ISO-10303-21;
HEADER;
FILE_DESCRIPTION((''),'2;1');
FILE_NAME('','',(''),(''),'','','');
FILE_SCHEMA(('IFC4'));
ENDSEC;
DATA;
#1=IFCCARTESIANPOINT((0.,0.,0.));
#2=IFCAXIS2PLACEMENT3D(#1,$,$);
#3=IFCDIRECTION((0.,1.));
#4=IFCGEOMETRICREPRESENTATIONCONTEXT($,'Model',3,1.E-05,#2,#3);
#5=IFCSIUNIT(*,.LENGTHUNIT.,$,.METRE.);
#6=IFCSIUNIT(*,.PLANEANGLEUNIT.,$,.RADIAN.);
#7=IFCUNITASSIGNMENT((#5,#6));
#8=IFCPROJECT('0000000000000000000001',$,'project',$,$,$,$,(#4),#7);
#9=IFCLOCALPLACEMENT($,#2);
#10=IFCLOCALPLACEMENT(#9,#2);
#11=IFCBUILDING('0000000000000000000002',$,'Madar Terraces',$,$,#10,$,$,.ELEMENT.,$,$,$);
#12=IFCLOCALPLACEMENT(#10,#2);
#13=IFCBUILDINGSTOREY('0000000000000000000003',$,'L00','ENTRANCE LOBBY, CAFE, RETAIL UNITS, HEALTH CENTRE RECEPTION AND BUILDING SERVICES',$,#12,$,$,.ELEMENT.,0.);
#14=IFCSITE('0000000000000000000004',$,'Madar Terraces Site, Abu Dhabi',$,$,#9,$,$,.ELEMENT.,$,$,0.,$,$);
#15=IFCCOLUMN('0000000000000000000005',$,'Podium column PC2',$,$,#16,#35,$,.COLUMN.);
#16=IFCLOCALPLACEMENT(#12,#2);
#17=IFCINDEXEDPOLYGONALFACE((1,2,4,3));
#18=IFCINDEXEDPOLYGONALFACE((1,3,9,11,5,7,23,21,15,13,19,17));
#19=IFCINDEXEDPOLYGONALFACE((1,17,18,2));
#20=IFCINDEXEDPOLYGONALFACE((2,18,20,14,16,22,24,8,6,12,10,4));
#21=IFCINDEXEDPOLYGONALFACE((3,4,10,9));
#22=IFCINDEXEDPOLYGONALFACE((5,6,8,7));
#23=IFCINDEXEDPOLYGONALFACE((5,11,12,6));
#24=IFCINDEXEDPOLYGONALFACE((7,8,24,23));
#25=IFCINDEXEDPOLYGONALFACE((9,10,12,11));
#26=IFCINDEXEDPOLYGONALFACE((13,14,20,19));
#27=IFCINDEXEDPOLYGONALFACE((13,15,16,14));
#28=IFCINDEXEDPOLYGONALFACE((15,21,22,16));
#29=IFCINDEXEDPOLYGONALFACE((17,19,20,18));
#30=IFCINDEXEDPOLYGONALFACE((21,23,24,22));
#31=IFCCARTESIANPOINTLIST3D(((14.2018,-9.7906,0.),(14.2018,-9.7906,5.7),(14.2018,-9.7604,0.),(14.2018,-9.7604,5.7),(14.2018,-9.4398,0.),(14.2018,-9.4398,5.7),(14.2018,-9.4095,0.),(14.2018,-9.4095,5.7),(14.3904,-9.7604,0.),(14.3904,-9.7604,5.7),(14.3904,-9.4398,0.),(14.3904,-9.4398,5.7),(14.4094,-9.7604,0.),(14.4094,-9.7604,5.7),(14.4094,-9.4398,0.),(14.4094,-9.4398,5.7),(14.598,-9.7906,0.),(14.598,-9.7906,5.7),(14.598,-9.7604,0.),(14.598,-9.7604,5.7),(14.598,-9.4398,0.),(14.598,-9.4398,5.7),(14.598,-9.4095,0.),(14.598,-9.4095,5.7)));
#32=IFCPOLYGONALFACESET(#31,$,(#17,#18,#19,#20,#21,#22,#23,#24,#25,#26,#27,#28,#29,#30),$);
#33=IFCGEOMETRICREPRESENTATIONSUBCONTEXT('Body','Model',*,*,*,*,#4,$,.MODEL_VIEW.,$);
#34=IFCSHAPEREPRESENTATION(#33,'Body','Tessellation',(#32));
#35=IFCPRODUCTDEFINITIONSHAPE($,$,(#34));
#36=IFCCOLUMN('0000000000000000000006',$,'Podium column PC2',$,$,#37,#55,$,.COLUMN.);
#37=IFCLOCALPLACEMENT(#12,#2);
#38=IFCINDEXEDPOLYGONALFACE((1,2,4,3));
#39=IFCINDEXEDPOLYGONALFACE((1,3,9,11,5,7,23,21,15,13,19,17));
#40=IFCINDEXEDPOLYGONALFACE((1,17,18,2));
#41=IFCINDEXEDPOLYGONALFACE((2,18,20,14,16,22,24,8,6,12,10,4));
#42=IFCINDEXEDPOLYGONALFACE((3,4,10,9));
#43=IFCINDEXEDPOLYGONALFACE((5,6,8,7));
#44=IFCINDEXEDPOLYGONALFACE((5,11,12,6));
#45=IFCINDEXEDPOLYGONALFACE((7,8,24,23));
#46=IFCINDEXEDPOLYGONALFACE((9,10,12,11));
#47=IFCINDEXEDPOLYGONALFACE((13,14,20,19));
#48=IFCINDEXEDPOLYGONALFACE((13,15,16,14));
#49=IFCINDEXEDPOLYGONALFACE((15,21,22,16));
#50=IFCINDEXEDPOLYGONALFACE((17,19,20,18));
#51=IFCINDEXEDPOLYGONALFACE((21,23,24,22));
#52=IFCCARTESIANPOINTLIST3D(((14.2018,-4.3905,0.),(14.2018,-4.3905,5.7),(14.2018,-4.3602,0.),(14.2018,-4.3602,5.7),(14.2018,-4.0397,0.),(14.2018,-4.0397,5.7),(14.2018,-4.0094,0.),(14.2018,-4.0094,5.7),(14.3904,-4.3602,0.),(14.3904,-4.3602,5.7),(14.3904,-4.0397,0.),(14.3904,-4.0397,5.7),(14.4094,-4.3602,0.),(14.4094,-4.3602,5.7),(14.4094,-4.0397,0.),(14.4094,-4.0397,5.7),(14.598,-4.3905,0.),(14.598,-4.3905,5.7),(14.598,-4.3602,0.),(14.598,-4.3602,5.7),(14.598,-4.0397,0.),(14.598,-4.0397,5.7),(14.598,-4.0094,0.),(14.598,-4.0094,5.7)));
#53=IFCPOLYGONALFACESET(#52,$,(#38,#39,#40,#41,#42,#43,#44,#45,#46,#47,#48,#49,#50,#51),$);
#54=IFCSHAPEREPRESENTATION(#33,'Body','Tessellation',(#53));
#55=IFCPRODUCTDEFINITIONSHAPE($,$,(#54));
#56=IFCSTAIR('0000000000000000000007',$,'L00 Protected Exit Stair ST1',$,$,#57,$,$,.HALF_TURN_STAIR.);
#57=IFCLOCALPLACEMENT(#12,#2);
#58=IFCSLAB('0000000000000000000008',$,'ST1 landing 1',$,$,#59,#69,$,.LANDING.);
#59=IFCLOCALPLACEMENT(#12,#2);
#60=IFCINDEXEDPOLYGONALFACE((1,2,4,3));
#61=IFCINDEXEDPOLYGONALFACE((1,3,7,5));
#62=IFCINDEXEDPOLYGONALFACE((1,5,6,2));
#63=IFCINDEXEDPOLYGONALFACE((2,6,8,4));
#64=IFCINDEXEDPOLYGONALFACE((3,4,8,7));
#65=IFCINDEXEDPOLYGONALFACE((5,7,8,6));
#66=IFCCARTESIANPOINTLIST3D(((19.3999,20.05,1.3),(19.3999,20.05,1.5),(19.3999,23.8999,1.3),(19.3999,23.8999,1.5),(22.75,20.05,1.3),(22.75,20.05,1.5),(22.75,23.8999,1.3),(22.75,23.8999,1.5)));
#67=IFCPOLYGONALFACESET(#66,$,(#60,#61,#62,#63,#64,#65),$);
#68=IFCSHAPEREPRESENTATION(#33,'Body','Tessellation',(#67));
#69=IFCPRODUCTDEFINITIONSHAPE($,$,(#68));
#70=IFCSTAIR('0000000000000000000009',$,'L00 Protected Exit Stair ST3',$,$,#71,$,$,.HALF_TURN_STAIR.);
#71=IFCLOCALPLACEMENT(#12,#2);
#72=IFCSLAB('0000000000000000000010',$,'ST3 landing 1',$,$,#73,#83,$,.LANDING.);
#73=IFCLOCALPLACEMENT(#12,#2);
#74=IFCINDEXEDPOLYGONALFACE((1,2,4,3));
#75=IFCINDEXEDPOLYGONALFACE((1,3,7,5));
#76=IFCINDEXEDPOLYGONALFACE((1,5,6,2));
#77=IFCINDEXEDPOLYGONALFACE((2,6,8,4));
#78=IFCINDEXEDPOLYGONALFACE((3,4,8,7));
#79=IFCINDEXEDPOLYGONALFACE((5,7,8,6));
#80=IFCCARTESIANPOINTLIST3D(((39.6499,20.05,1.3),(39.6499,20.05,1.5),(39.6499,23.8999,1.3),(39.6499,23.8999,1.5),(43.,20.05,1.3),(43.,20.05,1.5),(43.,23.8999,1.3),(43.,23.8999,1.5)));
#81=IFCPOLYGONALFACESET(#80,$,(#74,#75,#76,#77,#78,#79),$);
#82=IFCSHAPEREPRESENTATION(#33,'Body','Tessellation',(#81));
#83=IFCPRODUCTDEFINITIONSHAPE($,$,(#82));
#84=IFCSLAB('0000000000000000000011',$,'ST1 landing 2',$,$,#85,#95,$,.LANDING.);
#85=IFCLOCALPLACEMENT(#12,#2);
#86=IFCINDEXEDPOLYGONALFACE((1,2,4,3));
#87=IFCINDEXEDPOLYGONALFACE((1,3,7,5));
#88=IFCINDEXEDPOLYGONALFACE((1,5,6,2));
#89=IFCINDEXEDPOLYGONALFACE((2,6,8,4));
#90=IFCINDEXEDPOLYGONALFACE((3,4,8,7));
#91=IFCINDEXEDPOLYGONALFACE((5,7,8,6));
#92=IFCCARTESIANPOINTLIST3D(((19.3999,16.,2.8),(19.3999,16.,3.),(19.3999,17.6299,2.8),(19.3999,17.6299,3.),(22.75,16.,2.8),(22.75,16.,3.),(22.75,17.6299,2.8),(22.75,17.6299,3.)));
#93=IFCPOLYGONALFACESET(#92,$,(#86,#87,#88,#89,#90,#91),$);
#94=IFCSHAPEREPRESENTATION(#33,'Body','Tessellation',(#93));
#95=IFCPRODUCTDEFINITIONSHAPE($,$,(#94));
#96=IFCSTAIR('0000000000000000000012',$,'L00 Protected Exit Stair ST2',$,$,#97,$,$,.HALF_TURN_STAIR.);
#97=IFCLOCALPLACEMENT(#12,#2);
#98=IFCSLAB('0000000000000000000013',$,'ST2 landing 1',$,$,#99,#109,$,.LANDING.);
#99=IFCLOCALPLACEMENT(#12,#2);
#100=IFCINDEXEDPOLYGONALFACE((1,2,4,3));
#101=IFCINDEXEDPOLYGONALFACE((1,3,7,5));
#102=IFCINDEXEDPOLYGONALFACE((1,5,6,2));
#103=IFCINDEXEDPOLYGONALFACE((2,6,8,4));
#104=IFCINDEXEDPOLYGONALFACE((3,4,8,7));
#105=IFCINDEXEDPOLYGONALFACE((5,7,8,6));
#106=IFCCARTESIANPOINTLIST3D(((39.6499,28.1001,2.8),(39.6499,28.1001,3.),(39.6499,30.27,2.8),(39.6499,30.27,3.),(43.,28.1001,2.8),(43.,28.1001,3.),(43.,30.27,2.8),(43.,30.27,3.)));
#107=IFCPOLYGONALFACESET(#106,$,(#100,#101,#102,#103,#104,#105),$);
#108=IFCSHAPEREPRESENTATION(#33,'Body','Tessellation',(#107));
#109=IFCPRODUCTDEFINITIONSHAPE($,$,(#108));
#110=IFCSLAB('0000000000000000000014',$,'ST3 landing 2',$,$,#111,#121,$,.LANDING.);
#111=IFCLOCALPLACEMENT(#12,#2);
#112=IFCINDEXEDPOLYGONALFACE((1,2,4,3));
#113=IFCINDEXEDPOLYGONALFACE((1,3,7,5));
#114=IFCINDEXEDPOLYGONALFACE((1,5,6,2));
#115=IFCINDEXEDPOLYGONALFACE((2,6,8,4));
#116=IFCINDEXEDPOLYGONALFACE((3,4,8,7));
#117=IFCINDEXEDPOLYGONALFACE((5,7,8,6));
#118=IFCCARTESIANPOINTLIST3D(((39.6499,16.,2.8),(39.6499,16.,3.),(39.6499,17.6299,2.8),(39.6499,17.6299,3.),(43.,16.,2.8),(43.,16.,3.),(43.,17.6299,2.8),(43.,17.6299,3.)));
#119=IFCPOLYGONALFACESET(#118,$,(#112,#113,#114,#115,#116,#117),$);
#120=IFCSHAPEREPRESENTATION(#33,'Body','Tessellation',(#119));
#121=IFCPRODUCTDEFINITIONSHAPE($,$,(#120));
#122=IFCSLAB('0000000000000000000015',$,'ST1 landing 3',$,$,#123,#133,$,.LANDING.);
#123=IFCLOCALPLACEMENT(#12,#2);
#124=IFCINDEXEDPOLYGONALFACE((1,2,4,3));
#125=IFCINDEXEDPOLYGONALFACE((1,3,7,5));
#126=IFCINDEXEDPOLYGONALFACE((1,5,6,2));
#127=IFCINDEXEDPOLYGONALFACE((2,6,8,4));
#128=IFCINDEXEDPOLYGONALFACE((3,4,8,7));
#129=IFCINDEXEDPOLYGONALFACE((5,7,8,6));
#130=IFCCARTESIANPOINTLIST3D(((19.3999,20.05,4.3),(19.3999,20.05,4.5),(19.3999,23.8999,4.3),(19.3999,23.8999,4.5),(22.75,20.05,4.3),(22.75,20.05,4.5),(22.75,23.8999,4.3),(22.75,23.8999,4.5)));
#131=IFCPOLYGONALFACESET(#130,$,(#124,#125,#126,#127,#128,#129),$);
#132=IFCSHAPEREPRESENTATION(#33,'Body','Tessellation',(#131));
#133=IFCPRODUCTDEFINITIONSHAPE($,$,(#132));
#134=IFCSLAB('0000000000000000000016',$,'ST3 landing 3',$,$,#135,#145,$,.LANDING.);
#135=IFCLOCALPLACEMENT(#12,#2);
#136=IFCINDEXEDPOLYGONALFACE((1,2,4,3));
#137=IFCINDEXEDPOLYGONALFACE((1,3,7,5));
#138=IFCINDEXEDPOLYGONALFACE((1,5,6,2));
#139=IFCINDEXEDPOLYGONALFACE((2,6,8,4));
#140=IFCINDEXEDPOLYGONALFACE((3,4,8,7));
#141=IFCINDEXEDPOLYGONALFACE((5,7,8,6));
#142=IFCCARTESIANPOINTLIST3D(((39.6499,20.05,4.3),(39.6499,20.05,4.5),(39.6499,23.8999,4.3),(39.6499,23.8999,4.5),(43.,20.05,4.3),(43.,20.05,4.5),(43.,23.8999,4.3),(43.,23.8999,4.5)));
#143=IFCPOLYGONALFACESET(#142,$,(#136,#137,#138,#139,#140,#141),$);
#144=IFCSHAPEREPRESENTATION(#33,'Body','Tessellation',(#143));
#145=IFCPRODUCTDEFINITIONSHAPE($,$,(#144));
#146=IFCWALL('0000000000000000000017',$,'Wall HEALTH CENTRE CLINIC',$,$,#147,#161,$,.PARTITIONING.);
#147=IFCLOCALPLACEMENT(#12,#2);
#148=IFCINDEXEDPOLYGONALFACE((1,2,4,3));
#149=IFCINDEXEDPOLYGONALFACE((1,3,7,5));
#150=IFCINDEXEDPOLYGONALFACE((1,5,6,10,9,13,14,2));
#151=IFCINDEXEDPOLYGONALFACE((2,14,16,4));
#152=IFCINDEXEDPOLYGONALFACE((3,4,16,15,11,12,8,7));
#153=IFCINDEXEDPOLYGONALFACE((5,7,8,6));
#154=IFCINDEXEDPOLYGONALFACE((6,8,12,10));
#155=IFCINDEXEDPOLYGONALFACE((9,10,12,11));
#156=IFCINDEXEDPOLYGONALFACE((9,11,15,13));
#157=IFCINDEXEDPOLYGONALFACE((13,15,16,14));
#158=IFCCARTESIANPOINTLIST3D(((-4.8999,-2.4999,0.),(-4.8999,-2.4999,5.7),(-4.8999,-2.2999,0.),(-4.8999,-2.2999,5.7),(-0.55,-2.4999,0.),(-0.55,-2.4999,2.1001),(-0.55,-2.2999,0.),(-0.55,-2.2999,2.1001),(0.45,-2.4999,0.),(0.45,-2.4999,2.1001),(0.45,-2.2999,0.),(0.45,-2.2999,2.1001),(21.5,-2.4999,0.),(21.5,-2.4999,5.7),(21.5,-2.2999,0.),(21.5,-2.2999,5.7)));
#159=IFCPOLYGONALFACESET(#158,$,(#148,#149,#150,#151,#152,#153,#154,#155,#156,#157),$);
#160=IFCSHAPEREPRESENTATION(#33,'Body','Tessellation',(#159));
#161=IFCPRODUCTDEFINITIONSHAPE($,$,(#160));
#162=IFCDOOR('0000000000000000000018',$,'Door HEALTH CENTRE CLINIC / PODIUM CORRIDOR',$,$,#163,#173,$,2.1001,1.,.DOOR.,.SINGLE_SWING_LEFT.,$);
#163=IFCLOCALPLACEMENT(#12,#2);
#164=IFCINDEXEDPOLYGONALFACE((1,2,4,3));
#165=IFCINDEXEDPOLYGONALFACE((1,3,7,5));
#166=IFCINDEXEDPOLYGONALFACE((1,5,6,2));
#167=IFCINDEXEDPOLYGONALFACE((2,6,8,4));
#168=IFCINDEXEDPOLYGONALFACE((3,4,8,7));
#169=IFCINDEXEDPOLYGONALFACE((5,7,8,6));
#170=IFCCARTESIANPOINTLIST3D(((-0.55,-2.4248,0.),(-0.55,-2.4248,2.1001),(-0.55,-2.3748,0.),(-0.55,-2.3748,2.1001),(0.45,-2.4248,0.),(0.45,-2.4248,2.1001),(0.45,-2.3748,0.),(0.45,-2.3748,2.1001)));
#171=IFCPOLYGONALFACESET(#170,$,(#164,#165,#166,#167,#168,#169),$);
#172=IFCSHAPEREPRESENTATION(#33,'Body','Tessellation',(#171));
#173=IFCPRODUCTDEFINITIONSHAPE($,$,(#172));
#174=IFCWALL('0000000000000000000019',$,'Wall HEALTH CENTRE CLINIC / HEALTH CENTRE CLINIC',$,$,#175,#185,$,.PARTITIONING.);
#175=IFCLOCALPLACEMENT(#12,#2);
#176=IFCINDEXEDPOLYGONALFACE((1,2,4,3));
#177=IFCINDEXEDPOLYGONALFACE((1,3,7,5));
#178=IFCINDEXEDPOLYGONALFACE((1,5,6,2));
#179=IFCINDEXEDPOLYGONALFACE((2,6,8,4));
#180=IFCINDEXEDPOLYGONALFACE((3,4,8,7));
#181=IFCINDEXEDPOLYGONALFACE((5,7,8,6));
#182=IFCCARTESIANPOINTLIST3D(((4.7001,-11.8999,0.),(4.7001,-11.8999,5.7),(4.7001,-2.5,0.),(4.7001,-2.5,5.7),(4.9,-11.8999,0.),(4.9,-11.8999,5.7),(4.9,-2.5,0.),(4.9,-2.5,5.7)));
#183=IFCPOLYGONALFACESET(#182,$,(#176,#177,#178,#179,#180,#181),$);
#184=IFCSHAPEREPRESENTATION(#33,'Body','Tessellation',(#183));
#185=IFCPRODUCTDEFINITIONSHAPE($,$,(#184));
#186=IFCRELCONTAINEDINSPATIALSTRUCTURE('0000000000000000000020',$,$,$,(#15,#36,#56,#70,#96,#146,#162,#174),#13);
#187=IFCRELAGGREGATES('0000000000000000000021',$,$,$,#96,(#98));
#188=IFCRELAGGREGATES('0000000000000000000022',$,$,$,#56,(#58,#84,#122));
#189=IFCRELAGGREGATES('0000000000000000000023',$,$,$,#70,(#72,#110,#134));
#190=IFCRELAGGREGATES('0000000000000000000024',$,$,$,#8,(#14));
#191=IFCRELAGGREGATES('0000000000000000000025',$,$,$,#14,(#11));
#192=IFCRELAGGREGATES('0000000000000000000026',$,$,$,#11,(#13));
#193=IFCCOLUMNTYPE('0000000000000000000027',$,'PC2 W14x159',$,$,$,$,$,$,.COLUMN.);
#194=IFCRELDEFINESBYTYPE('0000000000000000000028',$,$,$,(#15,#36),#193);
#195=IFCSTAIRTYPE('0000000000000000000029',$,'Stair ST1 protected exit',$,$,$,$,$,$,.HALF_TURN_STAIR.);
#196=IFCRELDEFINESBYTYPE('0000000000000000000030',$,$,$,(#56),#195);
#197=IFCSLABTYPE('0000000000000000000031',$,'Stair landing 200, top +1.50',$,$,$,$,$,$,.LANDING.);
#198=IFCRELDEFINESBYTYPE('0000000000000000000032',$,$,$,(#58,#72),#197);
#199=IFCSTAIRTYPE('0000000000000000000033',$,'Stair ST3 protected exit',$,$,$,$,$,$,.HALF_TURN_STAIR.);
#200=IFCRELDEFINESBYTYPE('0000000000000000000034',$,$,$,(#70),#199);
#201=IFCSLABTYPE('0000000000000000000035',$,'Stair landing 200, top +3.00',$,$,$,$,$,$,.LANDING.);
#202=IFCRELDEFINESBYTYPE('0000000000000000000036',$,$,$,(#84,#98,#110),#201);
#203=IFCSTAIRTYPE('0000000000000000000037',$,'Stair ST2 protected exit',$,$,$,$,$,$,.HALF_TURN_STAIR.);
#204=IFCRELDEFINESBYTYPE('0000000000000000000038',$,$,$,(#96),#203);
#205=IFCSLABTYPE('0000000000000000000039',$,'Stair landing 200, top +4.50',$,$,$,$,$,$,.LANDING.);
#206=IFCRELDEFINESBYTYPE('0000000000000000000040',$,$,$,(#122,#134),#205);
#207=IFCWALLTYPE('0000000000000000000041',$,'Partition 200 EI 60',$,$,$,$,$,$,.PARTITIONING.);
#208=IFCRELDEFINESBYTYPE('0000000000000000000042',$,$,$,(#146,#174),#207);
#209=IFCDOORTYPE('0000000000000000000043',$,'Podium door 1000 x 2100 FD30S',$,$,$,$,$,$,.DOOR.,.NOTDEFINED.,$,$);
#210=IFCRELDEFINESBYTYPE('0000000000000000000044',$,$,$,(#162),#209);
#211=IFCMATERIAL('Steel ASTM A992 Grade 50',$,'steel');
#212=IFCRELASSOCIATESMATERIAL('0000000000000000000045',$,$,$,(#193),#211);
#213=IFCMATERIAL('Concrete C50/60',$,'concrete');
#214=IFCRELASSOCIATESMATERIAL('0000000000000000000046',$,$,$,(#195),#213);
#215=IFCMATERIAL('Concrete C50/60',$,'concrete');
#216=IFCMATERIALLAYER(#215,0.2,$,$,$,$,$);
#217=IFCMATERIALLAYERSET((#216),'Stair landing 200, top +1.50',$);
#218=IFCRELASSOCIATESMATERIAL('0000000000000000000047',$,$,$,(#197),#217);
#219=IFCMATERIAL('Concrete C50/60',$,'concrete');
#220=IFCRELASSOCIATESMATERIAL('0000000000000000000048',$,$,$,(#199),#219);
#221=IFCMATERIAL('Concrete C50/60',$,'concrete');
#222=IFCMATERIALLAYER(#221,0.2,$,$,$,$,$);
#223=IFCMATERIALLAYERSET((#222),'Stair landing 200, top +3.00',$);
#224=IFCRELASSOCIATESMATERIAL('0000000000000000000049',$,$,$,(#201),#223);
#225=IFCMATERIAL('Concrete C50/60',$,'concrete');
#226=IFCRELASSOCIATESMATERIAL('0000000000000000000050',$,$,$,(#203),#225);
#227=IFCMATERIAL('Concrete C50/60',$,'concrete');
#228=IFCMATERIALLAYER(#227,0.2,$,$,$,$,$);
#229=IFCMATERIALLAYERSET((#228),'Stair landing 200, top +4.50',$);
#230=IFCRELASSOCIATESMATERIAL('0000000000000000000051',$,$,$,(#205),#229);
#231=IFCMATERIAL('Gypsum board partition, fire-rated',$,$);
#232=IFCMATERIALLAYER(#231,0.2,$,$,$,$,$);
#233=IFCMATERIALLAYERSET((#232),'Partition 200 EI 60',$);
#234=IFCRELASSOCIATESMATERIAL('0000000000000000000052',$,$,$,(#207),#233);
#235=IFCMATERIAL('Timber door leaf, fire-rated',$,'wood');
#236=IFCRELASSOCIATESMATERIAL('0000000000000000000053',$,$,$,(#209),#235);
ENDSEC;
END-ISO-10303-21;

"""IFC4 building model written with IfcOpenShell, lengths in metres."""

from ifc_helpers import new_model, si_unit, direction, frame, frame_2d, origin, origin_2d, place, context, subcontext, project, spatial, polyline, rectangle, i_section, outline, extrude, material, layer, layer_set, material_profile, profile_set, type_object, element, fill, aggregate, save


model = new_model("IFC4")

# Units and contexts
model_context = context("Model", 3, precision=1e-05, world=origin(), true_north=direction((0.0, 1.0)))
body_context = subcontext(model_context, "Body", "Model", "MODEL_VIEW")
ifc_project = project(units=[si_unit("LENGTHUNIT", "METRE"), si_unit("PLANEANGLEUNIT", "RADIAN")], contexts=[model_context])

# Site, building, storey
site_placement = place(None, origin())
site = spatial("IfcSite", under=ifc_project, at=site_placement, Name="Madar Terraces Site, Abu Dhabi", CompositionType="ELEMENT", RefElevation=0.0)
building_placement = place(site_placement, origin())
building = spatial("IfcBuilding", under=site, at=building_placement, Name="Madar Terraces", CompositionType="ELEMENT")
storey_placement = place(building_placement, origin())
storey = spatial("IfcBuildingStorey", under=building, at=storey_placement, Name="L00", Description="ENTRANCE LOBBY, CAFE, RETAIL UNITS, HEALTH CENTRE RECEPTION AND BUILDING SERVICES", CompositionType="ELEMENT", Elevation=0.0)

# Columns
ifc_material_1 = material(Name="Steel ASTM A992 Grade 50", Category="steel")
ifc_material_profile = material_profile(ifc_material_1, i_section(OverallWidth=0.3962, OverallDepth=0.3811, WebThickness=0.019, FlangeThickness=0.0303, at=origin_2d()), Name="W14x159")
ifc_profile_set = profile_set([ifc_material_profile], Name="Steel ASTM A992 Grade 50")
column_type = type_object("IfcColumnType", Name="PC2 W14x159", PredefinedType="COLUMN", material=ifc_profile_set)
for number, where, z_axis, x_axis, name in (
    (1, (14.3999, -9.6001, 0.0), (0.0, 0.0, 1.0), (1.0, 0.0, 0.0), "Podium column PC2"),
    (2, (14.3999, -4.2, 0.0), (0.0, 0.0, 1.0), (1.0, 0.0, 0.0), "Podium column PC2"),
):
    element("IfcColumn", number, at=place(storey_placement, frame(where, z_axis=z_axis, x_axis=x_axis)), inside=storey, type_object=column_type, Name=name, PredefinedType="COLUMN", context=body_context, shape_type="SweptSolid", body=[
        extrude(i_section(OverallWidth=0.3962, OverallDepth=0.3811, WebThickness=0.019, FlangeThickness=0.0303, at=origin_2d()), origin(), (0.0, 0.0, 1.0), 5.7),
    ])

# Stairs, slabs
ifc_material_2 = material(Name="Concrete C50/60", Category="concrete")
stair_type_1 = type_object("IfcStairType", Name="Stair ST1 protected exit", PredefinedType="HALF_TURN_STAIR", material=ifc_material_2)
stair_1_placement = place(storey_placement, origin())
stair_1 = element("IfcStair", 3, at=stair_1_placement, inside=storey, type_object=stair_type_1, Name="L00 Protected Exit Stair ST1", PredefinedType="HALF_TURN_STAIR")
ifc_material_3 = material(Name="Concrete C50/60", Category="concrete")
ifc_layer_1 = layer(ifc_material_3, 0.2)
ifc_layer_set_1 = layer_set([ifc_layer_1], Name="Stair landing 200, top +1.50")
slab_type_1 = type_object("IfcSlabType", Name="Stair landing 200, top +1.50", PredefinedType="LANDING", material=ifc_layer_set_1)
slab_1_placement = place(storey_placement, frame((0.0, 0.0, 1.3)))
slab_1 = element("IfcSlab", 4, at=slab_1_placement, type_object=slab_type_1, Name="ST1 landing 1", PredefinedType="LANDING", context=body_context, shape_type="SweptSolid", body=[
    extrude(outline(polyline([(19.3999, 20.05), (22.75, 20.05), (22.75, 23.8999), (19.3999, 23.8999), (19.3999, 20.05)])), origin(), (0.0, 0.0, 1.0), 0.2),
])
ifc_material_4 = material(Name="Concrete C50/60", Category="concrete")
stair_type_2 = type_object("IfcStairType", Name="Stair ST3 protected exit", PredefinedType="HALF_TURN_STAIR", material=ifc_material_4)
stair_2_placement = place(storey_placement, origin())
stair_2 = element("IfcStair", 5, at=stair_2_placement, inside=storey, type_object=stair_type_2, Name="L00 Protected Exit Stair ST3", PredefinedType="HALF_TURN_STAIR")
slab_2_placement = place(storey_placement, frame((0.0, 0.0, 1.3)))
slab_2 = element("IfcSlab", 6, at=slab_2_placement, type_object=slab_type_1, Name="ST3 landing 1", PredefinedType="LANDING", context=body_context, shape_type="SweptSolid", body=[
    extrude(outline(polyline([(39.6499, 20.05), (43.0, 20.05), (43.0, 23.8999), (39.6499, 23.8999), (39.6499, 20.05)])), origin(), (0.0, 0.0, 1.0), 0.2),
])

# Slab
ifc_material_5 = material(Name="Concrete C50/60", Category="concrete")
ifc_layer_2 = layer(ifc_material_5, 0.2)
ifc_layer_set_2 = layer_set([ifc_layer_2], Name="Stair landing 200, top +3.00")
slab_type_2 = type_object("IfcSlabType", Name="Stair landing 200, top +3.00", PredefinedType="LANDING", material=ifc_layer_set_2)
slab_3_placement = place(storey_placement, frame((0.0, 0.0, 2.8)))
slab_3 = element("IfcSlab", 7, at=slab_3_placement, type_object=slab_type_2, Name="ST1 landing 2", PredefinedType="LANDING", context=body_context, shape_type="SweptSolid", body=[
    extrude(outline(polyline([(19.3999, 16.0), (22.75, 16.0), (22.75, 17.6299), (19.3999, 17.6299), (19.3999, 16.0)])), origin(), (0.0, 0.0, 1.0), 0.2),
])

# Stair, slab
ifc_material_6 = material(Name="Concrete C50/60", Category="concrete")
stair_type_3 = type_object("IfcStairType", Name="Stair ST2 protected exit", PredefinedType="HALF_TURN_STAIR", material=ifc_material_6)
stair_3_placement = place(storey_placement, origin())
stair_3 = element("IfcStair", 8, at=stair_3_placement, inside=storey, type_object=stair_type_3, Name="L00 Protected Exit Stair ST2", PredefinedType="HALF_TURN_STAIR")
slab_4_placement = place(storey_placement, frame((0.0, 0.0, 2.8)))
slab_4 = element("IfcSlab", 9, at=slab_4_placement, type_object=slab_type_2, Name="ST2 landing 1", PredefinedType="LANDING", context=body_context, shape_type="SweptSolid", body=[
    extrude(outline(polyline([(39.6499, 28.1001), (43.0, 28.1001), (43.0, 30.27), (39.6499, 30.27), (39.6499, 28.1001)])), origin(), (0.0, 0.0, 1.0), 0.2),
])
aggregate(stair_3, [slab_4])

# Slabs
slab_5_placement = place(storey_placement, frame((0.0, 0.0, 2.8)))
slab_5 = element("IfcSlab", 10, at=slab_5_placement, type_object=slab_type_2, Name="ST3 landing 2", PredefinedType="LANDING", context=body_context, shape_type="SweptSolid", body=[
    extrude(outline(polyline([(39.6499, 16.0), (43.0, 16.0), (43.0, 17.6299), (39.6499, 17.6299), (39.6499, 16.0)])), origin(), (0.0, 0.0, 1.0), 0.2),
])
ifc_material_7 = material(Name="Concrete C50/60", Category="concrete")
ifc_layer_3 = layer(ifc_material_7, 0.2)
ifc_layer_set_3 = layer_set([ifc_layer_3], Name="Stair landing 200, top +4.50")
slab_type_3 = type_object("IfcSlabType", Name="Stair landing 200, top +4.50", PredefinedType="LANDING", material=ifc_layer_set_3)
slab_6_placement = place(storey_placement, frame((0.0, 0.0, 4.3)))
slab_6 = element("IfcSlab", 11, at=slab_6_placement, type_object=slab_type_3, Name="ST1 landing 3", PredefinedType="LANDING", context=body_context, shape_type="SweptSolid", body=[
    extrude(outline(polyline([(19.3999, 20.05), (22.75, 20.05), (22.75, 23.8999), (19.3999, 23.8999), (19.3999, 20.05)])), origin(), (0.0, 0.0, 1.0), 0.2),
])
aggregate(stair_1, [slab_1, slab_3, slab_6])
slab_7_placement = place(storey_placement, frame((0.0, 0.0, 4.3)))
slab_7 = element("IfcSlab", 12, at=slab_7_placement, type_object=slab_type_3, Name="ST3 landing 3", PredefinedType="LANDING", context=body_context, shape_type="SweptSolid", body=[
    extrude(outline(polyline([(39.6499, 20.05), (43.0, 20.05), (43.0, 23.8999), (39.6499, 23.8999), (39.6499, 20.05)])), origin(), (0.0, 0.0, 1.0), 0.2),
])
aggregate(stair_2, [slab_2, slab_5, slab_7])

# Wall, opening, door
ifc_material_8 = material(Name="Gypsum board partition, fire-rated")
ifc_layer_4 = layer(ifc_material_8, 0.2)
ifc_layer_set_4 = layer_set([ifc_layer_4], Name="Partition 200 EI 60")
wall_type = type_object("IfcWallType", Name="Partition 200 EI 60", PredefinedType="PARTITIONING", material=ifc_layer_set_4)
wall_1_placement = place(storey_placement, frame((21.5, -2.3999, 0.0), z_axis=(0.0, 0.0, 1.0), x_axis=(-1.0, 0.0, 0.0)))
wall_1 = element("IfcWall", 13, at=wall_1_placement, inside=storey, type_object=wall_type, Name="Wall HEALTH CENTRE CLINIC", PredefinedType="PARTITIONING", context=body_context, shape_type="SweptSolid", body=[
    extrude(rectangle(XDim=26.3999, YDim=0.2, at=frame_2d((13.2, 0.0))), origin(), (0.0, 0.0, 1.0), 5.7),
])
opening_placement = place(wall_1_placement, frame((21.05, 0.0, 0.0)))
opening = element("IfcOpeningElement", 14, at=opening_placement, cuts=wall_1, PredefinedType="OPENING", context=body_context, shape_type="SweptSolid", body=[
    extrude(rectangle(XDim=1.0, YDim=2.1001, at=frame_2d((0.5, 1.05))), frame((0.0, 0.1099, 0.0), z_axis=(0.0, -1.0, 0.0), x_axis=(1.0, 0.0, 0.0)), (0.0, 0.0, 1.0), 0.22),
])
ifc_material_9 = material(Name="Timber door leaf, fire-rated", Category="wood")
door_type = type_object("IfcDoorType", Name="Podium door 1000 x 2100 FD30S", OperationType="NOTDEFINED", PredefinedType="DOOR", material=ifc_material_9)
door_placement = place(opening_placement, origin())
door = element("IfcDoor", 15, at=door_placement, inside=storey, type_object=door_type, Name="Door HEALTH CENTRE CLINIC / PODIUM CORRIDOR", OperationType="SINGLE_SWING_LEFT", OverallHeight=2.1001, OverallWidth=1.0, PredefinedType="DOOR", context=body_context, shape_type="SweptSolid", body=[
    extrude(rectangle(XDim=1.0, YDim=2.1001, at=frame_2d((0.5, 1.05))), frame((0.0, 0.0249, 0.0), z_axis=(0.0, -1.0, 0.0), x_axis=(1.0, 0.0, 0.0)), (0.0, 0.0, 1.0), 0.05),
])
fill(opening, door)

# Wall
for number, where, z_axis, x_axis, name in (
    (16, (4.8, -11.8999, 0.0), (0.0, 0.0, 1.0), (0.0, 1.0, 0.0), "Wall HEALTH CENTRE CLINIC / HEALTH CENTRE CLINIC"),
):
    element("IfcWall", number, at=place(storey_placement, frame(where, z_axis=z_axis, x_axis=x_axis)), inside=storey, type_object=wall_type, Name=name, PredefinedType="PARTITIONING", context=body_context, shape_type="SweptSolid", body=[
        extrude(rectangle(XDim=9.3999, YDim=0.2, at=frame_2d((4.7, 0.0))), origin(), (0.0, 0.0, 1.0), 5.7),
    ])

save(model, "model.ifc")
